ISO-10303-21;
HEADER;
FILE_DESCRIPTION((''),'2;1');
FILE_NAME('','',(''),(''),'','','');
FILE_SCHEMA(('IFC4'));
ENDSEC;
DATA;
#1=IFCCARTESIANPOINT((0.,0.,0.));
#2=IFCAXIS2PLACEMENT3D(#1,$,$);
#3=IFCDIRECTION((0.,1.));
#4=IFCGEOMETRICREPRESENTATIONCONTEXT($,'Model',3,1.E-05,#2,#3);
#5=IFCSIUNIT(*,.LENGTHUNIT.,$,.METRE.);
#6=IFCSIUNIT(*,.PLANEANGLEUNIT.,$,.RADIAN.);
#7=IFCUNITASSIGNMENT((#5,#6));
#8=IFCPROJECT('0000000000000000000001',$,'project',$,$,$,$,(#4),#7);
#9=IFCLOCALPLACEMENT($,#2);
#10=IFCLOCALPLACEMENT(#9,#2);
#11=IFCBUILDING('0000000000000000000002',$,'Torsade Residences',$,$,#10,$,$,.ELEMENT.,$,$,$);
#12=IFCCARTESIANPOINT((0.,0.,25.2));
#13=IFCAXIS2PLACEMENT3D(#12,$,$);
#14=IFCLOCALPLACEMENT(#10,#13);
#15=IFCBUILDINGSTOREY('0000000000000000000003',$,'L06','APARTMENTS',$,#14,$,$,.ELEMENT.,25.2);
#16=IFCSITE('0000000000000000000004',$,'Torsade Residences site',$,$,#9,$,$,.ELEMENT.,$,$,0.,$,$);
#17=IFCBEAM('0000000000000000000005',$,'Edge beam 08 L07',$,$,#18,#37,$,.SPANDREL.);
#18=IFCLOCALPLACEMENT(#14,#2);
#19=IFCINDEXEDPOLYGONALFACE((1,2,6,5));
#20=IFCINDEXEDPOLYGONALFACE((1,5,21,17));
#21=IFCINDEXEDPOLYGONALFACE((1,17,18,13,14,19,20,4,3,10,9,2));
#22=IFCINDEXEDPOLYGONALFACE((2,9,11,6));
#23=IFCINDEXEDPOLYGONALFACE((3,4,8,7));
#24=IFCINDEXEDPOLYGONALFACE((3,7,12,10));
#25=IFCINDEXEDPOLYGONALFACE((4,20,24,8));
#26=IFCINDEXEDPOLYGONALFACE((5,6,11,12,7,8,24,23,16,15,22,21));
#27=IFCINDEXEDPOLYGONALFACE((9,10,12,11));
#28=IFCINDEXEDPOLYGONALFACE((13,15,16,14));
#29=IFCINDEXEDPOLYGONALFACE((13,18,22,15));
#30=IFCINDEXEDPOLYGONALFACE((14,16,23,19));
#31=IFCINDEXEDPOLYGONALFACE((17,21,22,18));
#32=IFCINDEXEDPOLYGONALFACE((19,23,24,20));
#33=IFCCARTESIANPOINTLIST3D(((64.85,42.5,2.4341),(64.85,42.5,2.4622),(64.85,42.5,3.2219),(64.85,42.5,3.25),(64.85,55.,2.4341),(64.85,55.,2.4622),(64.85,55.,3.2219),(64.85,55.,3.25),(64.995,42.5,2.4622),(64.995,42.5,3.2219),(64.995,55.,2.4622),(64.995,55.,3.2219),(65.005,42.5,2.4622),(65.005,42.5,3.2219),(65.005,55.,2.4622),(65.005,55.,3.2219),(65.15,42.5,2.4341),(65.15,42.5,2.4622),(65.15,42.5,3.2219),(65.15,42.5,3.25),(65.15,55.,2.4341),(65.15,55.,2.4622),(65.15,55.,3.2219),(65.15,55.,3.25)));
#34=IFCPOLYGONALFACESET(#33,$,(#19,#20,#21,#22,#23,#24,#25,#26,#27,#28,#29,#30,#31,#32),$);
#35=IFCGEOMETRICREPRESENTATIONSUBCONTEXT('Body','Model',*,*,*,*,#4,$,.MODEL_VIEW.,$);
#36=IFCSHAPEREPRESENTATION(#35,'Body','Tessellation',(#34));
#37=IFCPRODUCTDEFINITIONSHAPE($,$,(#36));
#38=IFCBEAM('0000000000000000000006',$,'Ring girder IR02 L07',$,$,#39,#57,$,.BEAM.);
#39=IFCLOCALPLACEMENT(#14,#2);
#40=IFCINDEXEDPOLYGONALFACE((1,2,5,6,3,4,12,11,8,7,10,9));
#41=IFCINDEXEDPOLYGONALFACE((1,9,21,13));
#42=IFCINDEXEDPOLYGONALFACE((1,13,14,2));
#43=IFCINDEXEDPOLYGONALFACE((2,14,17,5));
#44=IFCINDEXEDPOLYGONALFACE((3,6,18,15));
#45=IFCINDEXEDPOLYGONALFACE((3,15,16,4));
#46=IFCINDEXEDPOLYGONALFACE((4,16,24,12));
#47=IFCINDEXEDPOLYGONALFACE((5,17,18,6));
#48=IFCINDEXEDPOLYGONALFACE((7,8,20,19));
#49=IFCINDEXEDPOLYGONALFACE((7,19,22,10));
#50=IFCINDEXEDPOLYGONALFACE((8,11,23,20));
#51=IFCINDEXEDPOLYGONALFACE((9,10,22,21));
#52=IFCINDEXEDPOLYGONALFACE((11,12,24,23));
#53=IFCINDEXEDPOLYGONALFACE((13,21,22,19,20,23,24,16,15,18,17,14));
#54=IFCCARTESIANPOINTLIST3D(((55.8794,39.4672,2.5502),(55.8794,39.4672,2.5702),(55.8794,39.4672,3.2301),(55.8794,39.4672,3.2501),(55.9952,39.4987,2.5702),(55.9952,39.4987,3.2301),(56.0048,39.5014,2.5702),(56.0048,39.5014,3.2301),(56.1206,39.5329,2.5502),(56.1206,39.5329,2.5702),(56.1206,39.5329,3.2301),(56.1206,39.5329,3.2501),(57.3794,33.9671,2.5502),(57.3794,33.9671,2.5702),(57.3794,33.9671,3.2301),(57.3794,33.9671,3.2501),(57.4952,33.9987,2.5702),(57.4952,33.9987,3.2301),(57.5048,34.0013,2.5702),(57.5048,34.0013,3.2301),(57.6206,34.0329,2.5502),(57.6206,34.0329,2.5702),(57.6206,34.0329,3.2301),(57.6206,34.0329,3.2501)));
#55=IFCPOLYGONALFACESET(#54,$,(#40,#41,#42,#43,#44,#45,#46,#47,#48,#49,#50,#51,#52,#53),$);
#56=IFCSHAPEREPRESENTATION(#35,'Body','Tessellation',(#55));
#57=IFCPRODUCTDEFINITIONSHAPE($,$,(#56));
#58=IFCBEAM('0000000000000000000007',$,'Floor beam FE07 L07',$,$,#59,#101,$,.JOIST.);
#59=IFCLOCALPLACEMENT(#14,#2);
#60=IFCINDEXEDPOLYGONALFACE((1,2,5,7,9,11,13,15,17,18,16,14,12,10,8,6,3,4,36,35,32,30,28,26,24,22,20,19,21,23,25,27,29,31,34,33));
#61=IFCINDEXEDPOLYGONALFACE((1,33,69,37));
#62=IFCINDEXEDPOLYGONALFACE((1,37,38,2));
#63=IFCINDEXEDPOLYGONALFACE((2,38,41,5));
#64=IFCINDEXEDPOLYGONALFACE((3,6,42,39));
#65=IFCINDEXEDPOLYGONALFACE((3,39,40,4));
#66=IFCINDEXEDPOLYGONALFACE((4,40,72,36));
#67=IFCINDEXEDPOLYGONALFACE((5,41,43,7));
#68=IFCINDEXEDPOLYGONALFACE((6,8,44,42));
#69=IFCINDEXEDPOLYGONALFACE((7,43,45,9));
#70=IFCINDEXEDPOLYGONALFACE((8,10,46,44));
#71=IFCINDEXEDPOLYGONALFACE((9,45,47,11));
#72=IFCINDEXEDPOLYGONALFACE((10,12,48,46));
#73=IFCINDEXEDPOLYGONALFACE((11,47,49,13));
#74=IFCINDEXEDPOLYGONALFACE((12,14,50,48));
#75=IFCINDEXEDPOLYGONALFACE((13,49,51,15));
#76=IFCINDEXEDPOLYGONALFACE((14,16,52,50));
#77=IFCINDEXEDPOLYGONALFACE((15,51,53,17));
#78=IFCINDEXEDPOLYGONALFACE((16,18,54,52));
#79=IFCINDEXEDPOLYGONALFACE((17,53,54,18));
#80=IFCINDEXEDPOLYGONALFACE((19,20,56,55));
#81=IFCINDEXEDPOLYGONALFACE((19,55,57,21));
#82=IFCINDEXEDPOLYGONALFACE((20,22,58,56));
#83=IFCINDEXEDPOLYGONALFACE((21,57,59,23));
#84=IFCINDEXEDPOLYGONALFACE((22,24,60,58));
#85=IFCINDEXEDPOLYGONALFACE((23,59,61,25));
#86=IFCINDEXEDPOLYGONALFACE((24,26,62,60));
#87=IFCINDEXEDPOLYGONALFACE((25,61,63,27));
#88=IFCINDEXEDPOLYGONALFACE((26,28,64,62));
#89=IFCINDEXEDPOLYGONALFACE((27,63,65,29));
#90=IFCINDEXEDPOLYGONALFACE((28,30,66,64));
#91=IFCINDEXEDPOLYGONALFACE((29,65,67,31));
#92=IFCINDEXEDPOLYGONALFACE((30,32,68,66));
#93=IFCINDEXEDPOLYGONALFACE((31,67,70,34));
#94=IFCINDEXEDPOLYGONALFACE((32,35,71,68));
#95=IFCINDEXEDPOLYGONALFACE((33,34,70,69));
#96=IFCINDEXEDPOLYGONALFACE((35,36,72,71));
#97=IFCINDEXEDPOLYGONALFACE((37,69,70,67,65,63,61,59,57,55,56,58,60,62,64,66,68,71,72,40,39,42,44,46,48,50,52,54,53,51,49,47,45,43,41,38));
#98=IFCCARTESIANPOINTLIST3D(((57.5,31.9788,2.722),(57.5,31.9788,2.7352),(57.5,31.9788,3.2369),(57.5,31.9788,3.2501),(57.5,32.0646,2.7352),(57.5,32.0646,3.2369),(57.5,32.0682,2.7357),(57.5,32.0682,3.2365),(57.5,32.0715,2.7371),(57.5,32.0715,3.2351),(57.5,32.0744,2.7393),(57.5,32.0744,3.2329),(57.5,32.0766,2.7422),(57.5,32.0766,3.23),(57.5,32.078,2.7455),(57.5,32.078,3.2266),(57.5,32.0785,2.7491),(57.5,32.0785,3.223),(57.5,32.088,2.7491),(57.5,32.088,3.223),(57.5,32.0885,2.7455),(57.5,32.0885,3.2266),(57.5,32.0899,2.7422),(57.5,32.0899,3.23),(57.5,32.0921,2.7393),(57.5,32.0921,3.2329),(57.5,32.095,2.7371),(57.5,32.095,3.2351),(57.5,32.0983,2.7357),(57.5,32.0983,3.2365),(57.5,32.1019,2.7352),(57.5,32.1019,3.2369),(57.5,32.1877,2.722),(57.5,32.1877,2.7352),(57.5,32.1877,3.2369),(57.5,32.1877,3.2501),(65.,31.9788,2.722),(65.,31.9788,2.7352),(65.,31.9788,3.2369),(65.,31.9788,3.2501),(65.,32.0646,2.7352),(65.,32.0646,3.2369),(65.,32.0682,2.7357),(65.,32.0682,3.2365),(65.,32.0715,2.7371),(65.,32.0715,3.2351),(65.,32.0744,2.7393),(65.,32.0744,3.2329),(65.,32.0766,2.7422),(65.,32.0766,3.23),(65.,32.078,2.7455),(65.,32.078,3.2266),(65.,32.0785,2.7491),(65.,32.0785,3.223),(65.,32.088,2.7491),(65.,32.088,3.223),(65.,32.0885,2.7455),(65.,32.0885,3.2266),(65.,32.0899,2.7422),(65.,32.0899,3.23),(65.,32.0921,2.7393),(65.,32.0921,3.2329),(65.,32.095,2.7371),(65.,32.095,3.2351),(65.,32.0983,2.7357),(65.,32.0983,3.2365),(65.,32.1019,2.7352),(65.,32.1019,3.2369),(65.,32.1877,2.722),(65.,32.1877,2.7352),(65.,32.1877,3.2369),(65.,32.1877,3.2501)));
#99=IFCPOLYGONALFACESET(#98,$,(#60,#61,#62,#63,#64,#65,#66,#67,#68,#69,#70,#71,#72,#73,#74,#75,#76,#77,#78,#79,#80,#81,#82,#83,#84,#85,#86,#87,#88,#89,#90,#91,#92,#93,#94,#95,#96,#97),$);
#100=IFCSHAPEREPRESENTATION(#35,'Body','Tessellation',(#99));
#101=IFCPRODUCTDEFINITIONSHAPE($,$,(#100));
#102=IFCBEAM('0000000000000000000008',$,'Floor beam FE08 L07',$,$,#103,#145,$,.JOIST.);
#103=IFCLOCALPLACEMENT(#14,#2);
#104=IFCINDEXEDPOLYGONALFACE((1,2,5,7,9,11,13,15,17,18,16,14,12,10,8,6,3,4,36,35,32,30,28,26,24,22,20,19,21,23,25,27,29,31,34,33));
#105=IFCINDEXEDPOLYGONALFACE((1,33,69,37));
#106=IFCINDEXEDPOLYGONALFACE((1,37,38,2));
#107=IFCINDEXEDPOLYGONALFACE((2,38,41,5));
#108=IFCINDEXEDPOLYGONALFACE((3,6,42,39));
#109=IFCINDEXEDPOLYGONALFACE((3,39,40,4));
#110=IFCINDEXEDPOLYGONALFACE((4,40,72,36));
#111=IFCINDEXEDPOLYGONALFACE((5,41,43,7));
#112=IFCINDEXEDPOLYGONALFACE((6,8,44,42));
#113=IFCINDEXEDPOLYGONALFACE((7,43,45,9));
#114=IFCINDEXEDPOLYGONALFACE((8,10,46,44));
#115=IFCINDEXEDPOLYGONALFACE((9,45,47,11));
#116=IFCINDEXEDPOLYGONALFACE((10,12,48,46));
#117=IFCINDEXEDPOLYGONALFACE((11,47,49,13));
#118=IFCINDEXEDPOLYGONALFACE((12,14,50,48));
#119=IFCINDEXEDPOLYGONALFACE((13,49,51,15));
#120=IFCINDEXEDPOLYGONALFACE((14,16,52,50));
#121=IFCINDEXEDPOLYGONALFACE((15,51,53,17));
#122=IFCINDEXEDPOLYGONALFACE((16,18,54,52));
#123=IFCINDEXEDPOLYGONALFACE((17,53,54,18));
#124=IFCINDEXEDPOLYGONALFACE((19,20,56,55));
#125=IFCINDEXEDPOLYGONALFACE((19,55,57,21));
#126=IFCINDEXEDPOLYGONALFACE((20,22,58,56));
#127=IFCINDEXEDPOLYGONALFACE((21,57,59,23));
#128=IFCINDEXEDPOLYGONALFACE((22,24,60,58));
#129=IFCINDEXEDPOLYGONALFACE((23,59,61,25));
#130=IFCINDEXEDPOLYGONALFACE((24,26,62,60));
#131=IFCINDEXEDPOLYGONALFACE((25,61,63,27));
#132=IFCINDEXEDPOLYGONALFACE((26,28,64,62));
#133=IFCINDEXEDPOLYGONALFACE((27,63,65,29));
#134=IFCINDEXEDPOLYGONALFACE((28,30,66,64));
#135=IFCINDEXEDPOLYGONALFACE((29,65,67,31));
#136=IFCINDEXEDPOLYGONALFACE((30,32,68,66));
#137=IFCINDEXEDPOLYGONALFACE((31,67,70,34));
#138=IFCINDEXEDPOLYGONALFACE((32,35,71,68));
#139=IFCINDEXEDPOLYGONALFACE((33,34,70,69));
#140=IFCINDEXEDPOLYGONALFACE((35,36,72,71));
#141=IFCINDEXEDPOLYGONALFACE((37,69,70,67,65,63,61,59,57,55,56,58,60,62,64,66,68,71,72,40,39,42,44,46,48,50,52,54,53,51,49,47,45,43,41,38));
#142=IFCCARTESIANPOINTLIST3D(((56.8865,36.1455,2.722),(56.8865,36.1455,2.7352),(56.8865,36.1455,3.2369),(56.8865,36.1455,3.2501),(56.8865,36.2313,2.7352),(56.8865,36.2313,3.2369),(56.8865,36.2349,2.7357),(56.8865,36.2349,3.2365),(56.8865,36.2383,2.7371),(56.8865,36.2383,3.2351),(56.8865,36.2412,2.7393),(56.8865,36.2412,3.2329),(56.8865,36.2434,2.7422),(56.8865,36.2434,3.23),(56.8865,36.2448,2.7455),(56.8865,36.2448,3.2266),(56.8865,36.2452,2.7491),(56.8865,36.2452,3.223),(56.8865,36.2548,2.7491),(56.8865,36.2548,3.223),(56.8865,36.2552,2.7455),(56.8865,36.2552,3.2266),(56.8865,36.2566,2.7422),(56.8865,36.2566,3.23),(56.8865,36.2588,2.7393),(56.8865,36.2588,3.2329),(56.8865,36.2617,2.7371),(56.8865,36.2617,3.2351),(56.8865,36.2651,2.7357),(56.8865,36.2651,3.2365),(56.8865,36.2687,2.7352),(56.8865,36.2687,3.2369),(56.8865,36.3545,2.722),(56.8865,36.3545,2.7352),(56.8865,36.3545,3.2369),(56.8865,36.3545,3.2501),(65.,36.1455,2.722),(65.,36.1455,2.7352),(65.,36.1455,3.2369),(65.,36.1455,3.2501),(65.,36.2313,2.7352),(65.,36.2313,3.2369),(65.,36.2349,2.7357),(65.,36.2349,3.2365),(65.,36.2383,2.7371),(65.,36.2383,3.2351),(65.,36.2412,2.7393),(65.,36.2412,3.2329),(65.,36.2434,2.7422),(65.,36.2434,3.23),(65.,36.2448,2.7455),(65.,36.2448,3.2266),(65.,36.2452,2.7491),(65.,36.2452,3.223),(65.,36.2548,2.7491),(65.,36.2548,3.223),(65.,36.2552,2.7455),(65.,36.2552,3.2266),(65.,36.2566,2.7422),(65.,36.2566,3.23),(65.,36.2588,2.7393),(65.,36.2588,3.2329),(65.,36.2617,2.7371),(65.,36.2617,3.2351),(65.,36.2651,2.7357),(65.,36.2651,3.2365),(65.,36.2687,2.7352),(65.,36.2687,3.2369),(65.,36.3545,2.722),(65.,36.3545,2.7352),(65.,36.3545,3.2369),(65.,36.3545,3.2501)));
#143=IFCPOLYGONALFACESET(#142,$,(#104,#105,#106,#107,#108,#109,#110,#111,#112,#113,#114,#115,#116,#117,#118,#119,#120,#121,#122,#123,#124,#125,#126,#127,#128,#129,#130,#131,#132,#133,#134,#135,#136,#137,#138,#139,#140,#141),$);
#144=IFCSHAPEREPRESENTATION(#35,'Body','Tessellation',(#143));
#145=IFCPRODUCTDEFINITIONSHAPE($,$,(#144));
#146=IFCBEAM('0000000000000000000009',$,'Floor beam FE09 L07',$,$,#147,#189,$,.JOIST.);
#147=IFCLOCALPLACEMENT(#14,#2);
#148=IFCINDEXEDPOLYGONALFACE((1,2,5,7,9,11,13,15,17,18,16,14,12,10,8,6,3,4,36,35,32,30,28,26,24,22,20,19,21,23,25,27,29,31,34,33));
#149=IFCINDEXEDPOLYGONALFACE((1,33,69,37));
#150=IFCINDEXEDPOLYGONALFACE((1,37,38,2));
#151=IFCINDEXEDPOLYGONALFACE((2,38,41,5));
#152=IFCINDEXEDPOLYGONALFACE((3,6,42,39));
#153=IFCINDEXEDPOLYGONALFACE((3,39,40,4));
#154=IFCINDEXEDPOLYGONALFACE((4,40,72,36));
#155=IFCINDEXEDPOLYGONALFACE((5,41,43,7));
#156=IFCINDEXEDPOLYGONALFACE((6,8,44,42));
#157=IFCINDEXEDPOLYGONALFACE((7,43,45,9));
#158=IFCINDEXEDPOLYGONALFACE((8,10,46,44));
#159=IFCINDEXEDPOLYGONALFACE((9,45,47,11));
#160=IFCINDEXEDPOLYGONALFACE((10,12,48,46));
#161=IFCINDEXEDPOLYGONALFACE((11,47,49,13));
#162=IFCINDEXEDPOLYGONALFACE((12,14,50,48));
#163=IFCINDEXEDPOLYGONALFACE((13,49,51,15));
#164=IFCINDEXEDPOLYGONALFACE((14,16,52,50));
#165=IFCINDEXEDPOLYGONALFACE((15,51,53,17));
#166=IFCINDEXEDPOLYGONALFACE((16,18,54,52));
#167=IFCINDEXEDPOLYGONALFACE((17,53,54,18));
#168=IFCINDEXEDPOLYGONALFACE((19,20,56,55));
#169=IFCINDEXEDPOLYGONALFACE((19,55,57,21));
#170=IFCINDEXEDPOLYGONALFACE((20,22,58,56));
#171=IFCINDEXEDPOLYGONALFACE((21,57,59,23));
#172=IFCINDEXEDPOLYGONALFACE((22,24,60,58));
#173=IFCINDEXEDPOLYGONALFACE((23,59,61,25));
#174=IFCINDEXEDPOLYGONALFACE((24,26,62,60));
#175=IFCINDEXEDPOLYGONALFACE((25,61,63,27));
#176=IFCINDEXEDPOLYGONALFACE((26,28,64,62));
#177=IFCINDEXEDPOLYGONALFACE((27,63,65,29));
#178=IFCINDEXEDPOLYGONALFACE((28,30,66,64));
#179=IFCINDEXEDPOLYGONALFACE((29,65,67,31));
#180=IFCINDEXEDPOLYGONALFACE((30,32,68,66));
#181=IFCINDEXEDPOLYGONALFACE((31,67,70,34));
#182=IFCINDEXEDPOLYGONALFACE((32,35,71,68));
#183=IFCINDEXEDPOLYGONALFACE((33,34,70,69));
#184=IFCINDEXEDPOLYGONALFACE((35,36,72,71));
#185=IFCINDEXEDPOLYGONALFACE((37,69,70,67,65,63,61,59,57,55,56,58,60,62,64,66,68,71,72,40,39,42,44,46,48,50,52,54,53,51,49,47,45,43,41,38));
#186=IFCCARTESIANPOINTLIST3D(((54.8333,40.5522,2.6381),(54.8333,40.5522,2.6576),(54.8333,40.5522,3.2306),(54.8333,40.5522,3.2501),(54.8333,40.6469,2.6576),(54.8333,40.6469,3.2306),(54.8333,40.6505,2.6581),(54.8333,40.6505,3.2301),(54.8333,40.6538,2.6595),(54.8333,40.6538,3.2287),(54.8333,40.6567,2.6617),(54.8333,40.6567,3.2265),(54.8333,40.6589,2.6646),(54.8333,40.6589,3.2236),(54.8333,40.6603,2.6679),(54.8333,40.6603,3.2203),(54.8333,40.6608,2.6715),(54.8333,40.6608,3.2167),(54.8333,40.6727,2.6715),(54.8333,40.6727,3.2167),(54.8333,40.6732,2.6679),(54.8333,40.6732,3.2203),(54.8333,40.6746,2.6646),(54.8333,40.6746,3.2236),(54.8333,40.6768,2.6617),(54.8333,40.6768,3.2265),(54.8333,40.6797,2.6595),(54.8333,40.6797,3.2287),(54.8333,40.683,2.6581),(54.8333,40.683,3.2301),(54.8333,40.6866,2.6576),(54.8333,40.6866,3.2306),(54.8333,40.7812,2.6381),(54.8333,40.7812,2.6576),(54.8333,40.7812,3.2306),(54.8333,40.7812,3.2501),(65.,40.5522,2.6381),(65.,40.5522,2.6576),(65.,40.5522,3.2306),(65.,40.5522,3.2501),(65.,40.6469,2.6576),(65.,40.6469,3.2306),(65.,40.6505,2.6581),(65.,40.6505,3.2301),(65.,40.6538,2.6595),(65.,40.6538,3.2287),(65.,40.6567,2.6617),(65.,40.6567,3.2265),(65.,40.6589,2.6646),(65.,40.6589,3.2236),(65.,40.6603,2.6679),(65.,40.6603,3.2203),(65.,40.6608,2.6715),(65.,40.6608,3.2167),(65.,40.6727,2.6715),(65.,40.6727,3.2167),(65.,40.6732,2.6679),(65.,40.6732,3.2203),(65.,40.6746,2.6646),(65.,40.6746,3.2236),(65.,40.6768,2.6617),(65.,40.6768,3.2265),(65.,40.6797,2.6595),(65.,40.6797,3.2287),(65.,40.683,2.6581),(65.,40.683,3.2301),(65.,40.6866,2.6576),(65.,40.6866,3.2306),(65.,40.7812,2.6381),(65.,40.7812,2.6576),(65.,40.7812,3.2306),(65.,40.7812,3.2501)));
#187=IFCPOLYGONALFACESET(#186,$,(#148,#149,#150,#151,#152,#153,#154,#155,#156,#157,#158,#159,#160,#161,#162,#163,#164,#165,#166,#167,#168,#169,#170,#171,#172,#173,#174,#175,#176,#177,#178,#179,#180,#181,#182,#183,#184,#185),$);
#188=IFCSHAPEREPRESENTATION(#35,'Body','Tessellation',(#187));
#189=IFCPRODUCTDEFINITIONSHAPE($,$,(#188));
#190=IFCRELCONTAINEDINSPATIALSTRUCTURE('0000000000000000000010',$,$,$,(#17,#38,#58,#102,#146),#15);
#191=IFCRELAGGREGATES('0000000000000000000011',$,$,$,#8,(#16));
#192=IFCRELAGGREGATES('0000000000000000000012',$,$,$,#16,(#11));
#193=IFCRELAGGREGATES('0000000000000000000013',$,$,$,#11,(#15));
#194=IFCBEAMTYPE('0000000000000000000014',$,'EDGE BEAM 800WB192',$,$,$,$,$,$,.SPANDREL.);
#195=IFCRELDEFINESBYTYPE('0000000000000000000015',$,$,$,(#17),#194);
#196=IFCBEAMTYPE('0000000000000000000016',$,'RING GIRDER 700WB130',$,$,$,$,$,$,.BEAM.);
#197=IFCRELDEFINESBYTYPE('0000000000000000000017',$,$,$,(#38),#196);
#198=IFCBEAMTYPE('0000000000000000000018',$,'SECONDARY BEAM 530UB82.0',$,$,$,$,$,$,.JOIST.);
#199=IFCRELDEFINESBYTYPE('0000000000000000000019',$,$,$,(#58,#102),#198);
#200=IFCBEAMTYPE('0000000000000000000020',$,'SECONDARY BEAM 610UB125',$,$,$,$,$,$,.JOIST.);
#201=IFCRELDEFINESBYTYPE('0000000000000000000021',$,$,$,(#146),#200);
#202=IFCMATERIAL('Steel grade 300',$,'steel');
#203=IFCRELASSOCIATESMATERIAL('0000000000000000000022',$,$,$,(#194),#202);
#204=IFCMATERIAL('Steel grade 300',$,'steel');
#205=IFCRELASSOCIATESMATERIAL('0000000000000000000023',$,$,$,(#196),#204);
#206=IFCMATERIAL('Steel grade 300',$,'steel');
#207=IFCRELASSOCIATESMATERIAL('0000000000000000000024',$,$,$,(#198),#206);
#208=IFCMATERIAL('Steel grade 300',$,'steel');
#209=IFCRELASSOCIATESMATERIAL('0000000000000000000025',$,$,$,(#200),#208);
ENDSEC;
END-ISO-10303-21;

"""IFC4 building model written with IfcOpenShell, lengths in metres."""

from ifc_helpers import new_model, si_unit, direction, frame, origin, origin_2d, place, context, subcontext, project, spatial, i_section, extrude, material, material_profile, profile_set, type_object, element, save


model = new_model("IFC4")

# Units and contexts
model_context = context("Model", 3, precision=1e-05, world=origin(), true_north=direction((0.0, 1.0)))
body_context = subcontext(model_context, "Body", "Model", "MODEL_VIEW")
ifc_project = project(units=[si_unit("LENGTHUNIT", "METRE"), si_unit("PLANEANGLEUNIT", "RADIAN")], contexts=[model_context])

# Site, building, storey
site_placement = place(None, origin())
site = spatial("IfcSite", under=ifc_project, at=site_placement, Name="Torsade Residences site", CompositionType="ELEMENT", RefElevation=0.0)
building_placement = place(site_placement, origin())
building = spatial("IfcBuilding", under=site, at=building_placement, Name="Torsade Residences", CompositionType="ELEMENT")
storey_placement = place(building_placement, frame((0.0, 0.0, 25.2)))
storey = spatial("IfcBuildingStorey", under=building, at=storey_placement, Name="L06", Description="APARTMENTS", CompositionType="ELEMENT", Elevation=25.2)

# Beams
ifc_material_1 = material(Name="Steel grade 300", Category="steel")
ifc_material_profile_1 = material_profile(ifc_material_1, i_section(OverallWidth=0.3, OverallDepth=0.8159, WebThickness=0.01, FlangeThickness=0.0281, at=origin_2d()), Name="800WB192")
ifc_profile_set_1 = profile_set([ifc_material_profile_1], Name="Steel grade 300")
beam_type_1 = type_object("IfcBeamType", Name="EDGE BEAM 800WB192", PredefinedType="SPANDREL", material=ifc_profile_set_1)
for number, where, z_axis, x_axis, name in (
    (1, (65.0, 42.5, 2.842), (0.0, 1.0, 0.0), (-1.0, 0.0, 0.0), "Edge beam 08 L07"),
):
    element("IfcBeam", number, at=place(storey_placement, frame(where, z_axis=z_axis, x_axis=x_axis)), inside=storey, type_object=beam_type_1, Name=name, PredefinedType="SPANDREL", context=body_context, shape_type="SweptSolid", body=[
        extrude(i_section(OverallWidth=0.3, OverallDepth=0.8159, WebThickness=0.01, FlangeThickness=0.0281, at=origin_2d()), origin(), (0.0, 0.0, 1.0), 12.5),
    ])
ifc_material_2 = material(Name="Steel grade 300", Category="steel")
ifc_material_profile_2 = material_profile(ifc_material_2, i_section(OverallWidth=0.25, OverallDepth=0.7, WebThickness=0.01, FlangeThickness=0.02, at=origin_2d()), Name="700WB130")
ifc_profile_set_2 = profile_set([ifc_material_profile_2], Name="Steel grade 300")
beam_type_2 = type_object("IfcBeamType", Name="RING GIRDER 700WB130", PredefinedType="BEAM", material=ifc_profile_set_2)
beam_1_placement = place(storey_placement, frame((57.5, 34.0, 2.9001), z_axis=(-0.263117, 0.964764, 0.0), x_axis=(-0.964764, -0.263117, 0.0)))
element("IfcBeam", 2, at=beam_1_placement, inside=storey, type_object=beam_type_2, Name="Ring girder IR02 L07", PredefinedType="BEAM", context=body_context, shape_type="SweptSolid", body=[
    extrude(i_section(OverallWidth=0.25, OverallDepth=0.7, WebThickness=0.01, FlangeThickness=0.02, at=origin_2d()), origin(), (0.0, 0.0, 1.0), 5.7009),
])
ifc_material_3 = material(Name="Steel grade 300", Category="steel")
ifc_material_profile_3 = material_profile(ifc_material_3, i_section(OverallWidth=0.209, OverallDepth=0.5281, WebThickness=0.0095, FlangeThickness=0.0132, FilletRadius=0.0139, at=origin_2d()), Name="530UB82.0")
ifc_profile_set_3 = profile_set([ifc_material_profile_3], Name="Steel grade 300")
beam_type_3 = type_object("IfcBeamType", Name="SECONDARY BEAM 530UB82.0", PredefinedType="JOIST", material=ifc_profile_set_3)
beam_2_placement = place(storey_placement, frame((65.0, 32.0833, 2.9861), z_axis=(-1.0, 0.0, 0.0), x_axis=(0.0, -1.0, 0.0)))
element("IfcBeam", 3, at=beam_2_placement, inside=storey, type_object=beam_type_3, Name="Floor beam FE07 L07", PredefinedType="JOIST", context=body_context, shape_type="SweptSolid", body=[
    extrude(i_section(OverallWidth=0.209, OverallDepth=0.5281, WebThickness=0.0095, FlangeThickness=0.0132, FilletRadius=0.0139, at=origin_2d()), origin(), (0.0, 0.0, 1.0), 7.5),
])
beam_3_placement = place(storey_placement, frame((65.0, 36.25, 2.9861), z_axis=(-1.0, 0.0, 0.0), x_axis=(0.0, -1.0, 0.0)))
element("IfcBeam", 4, at=beam_3_placement, inside=storey, type_object=beam_type_3, Name="Floor beam FE08 L07", PredefinedType="JOIST", context=body_context, shape_type="SweptSolid", body=[
    extrude(i_section(OverallWidth=0.209, OverallDepth=0.5281, WebThickness=0.0095, FlangeThickness=0.0132, FilletRadius=0.0139, at=origin_2d()), origin(), (0.0, 0.0, 1.0), 8.1135),
])
ifc_material_4 = material(Name="Steel grade 300", Category="steel")
ifc_material_profile_4 = material_profile(ifc_material_4, i_section(OverallWidth=0.229, OverallDepth=0.6121, WebThickness=0.012, FlangeThickness=0.0195, FilletRadius=0.0139, at=origin_2d()), Name="610UB125")
ifc_profile_set_4 = profile_set([ifc_material_profile_4], Name="Steel grade 300")
beam_type_4 = type_object("IfcBeamType", Name="SECONDARY BEAM 610UB125", PredefinedType="JOIST", material=ifc_profile_set_4)
beam_4_placement = place(storey_placement, frame((65.0, 40.6667, 2.9441), z_axis=(-1.0, 0.0, 0.0), x_axis=(0.0, -1.0, 0.0)))
element("IfcBeam", 5, at=beam_4_placement, inside=storey, type_object=beam_type_4, Name="Floor beam FE09 L07", PredefinedType="JOIST", context=body_context, shape_type="SweptSolid", body=[
    extrude(i_section(OverallWidth=0.229, OverallDepth=0.6121, WebThickness=0.012, FlangeThickness=0.0195, FilletRadius=0.0139, at=origin_2d()), origin(), (0.0, 0.0, 1.0), 10.1667),
])

save(model, "model.ifc")
